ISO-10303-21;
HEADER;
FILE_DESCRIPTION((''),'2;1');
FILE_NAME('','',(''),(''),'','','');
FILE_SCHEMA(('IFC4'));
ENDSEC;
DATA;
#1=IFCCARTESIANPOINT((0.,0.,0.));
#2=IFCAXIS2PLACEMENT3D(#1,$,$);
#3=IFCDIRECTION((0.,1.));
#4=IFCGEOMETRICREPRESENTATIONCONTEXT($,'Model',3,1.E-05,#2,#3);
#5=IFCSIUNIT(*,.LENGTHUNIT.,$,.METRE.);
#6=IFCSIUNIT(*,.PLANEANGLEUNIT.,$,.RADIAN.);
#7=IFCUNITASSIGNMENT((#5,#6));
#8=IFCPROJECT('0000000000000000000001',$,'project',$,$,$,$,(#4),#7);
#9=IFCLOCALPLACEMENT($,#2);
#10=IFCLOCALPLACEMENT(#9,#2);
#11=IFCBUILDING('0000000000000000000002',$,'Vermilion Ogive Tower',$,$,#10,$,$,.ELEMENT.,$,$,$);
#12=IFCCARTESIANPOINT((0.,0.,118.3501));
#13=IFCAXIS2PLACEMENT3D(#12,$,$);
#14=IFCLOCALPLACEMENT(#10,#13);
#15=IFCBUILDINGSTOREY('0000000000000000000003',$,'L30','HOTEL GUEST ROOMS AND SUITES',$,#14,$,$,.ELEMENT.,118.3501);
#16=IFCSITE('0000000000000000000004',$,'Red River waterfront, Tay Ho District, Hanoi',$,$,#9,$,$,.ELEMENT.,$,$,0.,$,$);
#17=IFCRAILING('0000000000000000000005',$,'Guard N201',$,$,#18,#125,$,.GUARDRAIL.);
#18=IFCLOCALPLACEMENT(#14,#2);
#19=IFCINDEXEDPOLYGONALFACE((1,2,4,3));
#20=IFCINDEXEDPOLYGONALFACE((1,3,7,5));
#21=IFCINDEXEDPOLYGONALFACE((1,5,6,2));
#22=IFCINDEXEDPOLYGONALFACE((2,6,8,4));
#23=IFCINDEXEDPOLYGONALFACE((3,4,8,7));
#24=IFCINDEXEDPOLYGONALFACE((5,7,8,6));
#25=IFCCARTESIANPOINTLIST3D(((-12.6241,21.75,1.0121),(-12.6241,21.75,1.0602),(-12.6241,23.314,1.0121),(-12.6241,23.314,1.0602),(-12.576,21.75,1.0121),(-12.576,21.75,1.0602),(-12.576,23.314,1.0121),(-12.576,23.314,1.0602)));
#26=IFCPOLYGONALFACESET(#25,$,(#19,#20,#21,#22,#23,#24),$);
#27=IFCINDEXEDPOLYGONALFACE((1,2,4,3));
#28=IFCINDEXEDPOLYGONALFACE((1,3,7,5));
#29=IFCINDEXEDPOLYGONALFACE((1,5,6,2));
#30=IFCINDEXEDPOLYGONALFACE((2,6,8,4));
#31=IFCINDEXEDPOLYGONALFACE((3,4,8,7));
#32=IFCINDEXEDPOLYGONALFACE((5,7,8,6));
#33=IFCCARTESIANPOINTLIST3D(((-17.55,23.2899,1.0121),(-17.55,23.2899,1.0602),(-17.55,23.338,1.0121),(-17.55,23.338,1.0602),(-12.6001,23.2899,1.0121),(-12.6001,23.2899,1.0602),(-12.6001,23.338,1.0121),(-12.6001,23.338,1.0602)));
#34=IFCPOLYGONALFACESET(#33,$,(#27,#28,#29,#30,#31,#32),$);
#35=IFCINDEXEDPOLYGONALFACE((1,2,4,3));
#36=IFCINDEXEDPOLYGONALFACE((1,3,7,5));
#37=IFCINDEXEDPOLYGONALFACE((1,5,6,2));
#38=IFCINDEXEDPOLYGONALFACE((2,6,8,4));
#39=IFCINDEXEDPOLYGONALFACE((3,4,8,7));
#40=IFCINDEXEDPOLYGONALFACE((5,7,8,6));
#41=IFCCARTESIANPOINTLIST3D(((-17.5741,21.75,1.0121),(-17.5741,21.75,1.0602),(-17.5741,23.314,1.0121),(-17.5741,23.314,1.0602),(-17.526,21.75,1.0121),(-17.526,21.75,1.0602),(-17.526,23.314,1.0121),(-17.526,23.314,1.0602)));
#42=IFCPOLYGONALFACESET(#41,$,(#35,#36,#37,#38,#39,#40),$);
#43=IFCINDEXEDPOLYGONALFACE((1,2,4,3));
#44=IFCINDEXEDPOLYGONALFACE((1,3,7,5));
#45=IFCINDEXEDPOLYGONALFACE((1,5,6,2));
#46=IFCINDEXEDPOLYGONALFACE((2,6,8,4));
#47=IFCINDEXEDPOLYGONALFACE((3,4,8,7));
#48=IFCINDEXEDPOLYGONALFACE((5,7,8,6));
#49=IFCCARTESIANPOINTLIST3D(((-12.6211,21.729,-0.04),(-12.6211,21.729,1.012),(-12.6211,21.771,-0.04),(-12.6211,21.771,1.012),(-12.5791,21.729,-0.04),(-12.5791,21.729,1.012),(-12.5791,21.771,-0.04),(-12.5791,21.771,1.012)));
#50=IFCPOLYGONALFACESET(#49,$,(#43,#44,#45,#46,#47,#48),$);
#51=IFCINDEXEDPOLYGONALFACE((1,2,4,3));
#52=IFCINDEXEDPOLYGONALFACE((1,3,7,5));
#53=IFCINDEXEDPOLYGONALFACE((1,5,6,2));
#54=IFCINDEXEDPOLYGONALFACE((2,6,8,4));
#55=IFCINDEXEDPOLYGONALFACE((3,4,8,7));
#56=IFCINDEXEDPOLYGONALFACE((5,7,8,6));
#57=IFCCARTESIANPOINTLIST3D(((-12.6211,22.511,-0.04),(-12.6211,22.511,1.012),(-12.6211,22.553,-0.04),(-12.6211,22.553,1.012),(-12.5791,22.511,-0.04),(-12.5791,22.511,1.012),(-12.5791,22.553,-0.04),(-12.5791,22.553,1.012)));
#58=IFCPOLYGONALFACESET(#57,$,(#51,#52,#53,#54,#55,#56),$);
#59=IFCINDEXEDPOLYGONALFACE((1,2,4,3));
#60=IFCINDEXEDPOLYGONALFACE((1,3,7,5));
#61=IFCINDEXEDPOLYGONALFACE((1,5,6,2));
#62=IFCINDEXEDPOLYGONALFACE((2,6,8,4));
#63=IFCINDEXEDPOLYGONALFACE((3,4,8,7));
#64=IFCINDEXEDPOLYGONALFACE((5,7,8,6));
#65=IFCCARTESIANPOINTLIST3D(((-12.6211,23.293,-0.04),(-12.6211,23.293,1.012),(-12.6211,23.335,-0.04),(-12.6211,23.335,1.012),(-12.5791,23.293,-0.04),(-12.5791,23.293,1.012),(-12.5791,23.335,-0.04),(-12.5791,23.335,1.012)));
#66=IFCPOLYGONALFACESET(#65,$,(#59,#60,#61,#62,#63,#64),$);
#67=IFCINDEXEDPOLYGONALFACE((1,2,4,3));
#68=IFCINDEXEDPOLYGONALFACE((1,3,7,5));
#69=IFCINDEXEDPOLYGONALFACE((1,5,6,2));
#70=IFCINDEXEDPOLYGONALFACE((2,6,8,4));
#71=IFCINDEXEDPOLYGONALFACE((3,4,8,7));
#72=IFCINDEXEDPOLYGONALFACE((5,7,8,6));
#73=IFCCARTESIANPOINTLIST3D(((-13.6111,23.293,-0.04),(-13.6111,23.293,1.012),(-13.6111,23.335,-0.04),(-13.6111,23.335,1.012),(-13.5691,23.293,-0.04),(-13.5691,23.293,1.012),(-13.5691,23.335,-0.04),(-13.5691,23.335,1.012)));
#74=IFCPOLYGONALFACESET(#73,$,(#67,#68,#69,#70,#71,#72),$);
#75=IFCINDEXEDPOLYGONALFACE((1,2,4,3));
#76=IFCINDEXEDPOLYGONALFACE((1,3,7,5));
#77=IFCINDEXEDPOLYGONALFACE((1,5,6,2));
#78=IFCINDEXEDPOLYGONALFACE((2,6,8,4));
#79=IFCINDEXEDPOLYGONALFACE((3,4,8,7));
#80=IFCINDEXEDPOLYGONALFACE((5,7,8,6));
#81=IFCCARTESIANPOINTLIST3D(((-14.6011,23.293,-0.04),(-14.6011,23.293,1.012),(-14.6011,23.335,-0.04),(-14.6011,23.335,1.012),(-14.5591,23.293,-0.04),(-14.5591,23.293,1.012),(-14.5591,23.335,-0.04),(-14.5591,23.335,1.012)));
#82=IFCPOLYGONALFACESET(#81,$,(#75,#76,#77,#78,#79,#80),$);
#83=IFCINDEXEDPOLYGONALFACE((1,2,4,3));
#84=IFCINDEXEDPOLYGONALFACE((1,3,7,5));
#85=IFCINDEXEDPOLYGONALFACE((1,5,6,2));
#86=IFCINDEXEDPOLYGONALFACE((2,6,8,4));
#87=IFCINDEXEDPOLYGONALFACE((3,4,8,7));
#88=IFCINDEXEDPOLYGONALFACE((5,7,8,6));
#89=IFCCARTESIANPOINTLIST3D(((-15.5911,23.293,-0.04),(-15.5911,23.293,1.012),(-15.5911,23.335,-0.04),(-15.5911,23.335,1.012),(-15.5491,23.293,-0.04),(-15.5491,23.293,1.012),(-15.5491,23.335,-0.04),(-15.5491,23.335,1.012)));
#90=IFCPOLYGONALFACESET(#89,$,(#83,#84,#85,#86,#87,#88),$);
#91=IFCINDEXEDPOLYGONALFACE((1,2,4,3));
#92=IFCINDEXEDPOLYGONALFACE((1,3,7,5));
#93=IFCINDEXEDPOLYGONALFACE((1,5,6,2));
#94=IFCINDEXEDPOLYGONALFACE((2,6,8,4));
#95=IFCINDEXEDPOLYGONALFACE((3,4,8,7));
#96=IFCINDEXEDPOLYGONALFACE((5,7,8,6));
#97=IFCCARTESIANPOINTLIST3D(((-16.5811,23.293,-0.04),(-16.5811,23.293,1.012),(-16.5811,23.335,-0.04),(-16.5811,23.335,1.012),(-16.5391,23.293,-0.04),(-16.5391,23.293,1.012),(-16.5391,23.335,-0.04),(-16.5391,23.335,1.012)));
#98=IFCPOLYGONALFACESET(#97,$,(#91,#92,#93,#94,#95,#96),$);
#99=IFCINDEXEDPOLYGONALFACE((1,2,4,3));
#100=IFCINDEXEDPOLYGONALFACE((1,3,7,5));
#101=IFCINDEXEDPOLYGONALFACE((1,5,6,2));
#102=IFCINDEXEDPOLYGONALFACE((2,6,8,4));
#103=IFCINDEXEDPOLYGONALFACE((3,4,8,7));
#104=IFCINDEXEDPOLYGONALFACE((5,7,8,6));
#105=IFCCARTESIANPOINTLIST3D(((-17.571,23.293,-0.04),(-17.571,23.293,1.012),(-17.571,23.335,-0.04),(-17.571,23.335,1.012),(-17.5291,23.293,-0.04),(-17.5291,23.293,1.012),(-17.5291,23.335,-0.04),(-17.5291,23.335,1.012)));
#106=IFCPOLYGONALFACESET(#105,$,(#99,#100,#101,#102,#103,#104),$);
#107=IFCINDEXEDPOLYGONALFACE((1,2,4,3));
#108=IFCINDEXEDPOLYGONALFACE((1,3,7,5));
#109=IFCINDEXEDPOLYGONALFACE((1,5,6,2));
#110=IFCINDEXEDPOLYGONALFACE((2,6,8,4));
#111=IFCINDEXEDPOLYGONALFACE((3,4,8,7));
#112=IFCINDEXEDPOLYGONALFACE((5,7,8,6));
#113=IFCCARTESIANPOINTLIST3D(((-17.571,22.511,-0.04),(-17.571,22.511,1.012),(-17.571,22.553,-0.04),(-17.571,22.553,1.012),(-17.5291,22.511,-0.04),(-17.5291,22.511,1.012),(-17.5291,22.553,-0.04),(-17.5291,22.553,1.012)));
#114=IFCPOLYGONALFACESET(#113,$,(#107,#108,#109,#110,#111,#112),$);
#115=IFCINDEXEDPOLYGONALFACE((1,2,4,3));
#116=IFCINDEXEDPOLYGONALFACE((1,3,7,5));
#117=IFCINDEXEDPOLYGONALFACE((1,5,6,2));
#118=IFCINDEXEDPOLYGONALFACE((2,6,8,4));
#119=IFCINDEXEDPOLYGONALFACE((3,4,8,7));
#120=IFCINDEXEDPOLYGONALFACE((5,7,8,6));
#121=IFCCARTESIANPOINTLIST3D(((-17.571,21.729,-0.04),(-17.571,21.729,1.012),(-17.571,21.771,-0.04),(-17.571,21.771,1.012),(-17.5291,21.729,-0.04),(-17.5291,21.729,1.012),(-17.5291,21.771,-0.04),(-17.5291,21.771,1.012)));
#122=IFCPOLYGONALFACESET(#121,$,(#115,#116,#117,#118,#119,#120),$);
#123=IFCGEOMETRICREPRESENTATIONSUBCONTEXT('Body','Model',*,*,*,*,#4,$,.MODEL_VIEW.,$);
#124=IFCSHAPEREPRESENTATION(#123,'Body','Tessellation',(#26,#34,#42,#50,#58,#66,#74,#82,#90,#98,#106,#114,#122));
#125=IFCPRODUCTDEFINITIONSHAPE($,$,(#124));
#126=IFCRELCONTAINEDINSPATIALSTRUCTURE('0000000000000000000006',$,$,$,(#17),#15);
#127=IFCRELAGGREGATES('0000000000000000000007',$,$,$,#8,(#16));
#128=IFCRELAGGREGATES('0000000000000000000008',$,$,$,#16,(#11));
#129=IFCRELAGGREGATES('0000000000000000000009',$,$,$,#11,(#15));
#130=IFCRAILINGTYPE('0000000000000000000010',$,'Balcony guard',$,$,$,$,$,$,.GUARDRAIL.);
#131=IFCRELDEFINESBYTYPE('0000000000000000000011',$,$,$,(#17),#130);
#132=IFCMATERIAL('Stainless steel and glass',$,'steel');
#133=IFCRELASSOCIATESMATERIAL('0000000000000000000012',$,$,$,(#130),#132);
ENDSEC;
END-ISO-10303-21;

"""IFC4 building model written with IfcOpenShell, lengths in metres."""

from ifc_helpers import new_model, si_unit, direction, frame, origin, origin_2d, place, context, subcontext, project, spatial, rectangle, extrude, material, type_object, element, save


model = new_model("IFC4")

# Units and contexts
model_context = context("Model", 3, precision=1e-05, world=origin(), true_north=direction((0.0, 1.0)))
body_context = subcontext(model_context, "Body", "Model", "MODEL_VIEW")
ifc_project = project(units=[si_unit("LENGTHUNIT", "METRE"), si_unit("PLANEANGLEUNIT", "RADIAN")], contexts=[model_context])

# Site, building, storey
site_placement = place(None, origin())
site = spatial("IfcSite", under=ifc_project, at=site_placement, Name="Red River waterfront, Tay Ho District, Hanoi", CompositionType="ELEMENT", RefElevation=0.0)
building_placement = place(site_placement, origin())
building = spatial("IfcBuilding", under=site, at=building_placement, Name="Vermilion Ogive Tower", CompositionType="ELEMENT")
storey_placement = place(building_placement, frame((0.0, 0.0, 118.3501)))
storey = spatial("IfcBuildingStorey", under=building, at=storey_placement, Name="L30", Description="HOTEL GUEST ROOMS AND SUITES", CompositionType="ELEMENT", Elevation=118.3501)

# Railing
ifc_material_1 = material(Name="Stainless steel and glass", Category="steel")
railing_type = type_object("IfcRailingType", Name="Balcony guard", PredefinedType="GUARDRAIL", material=ifc_material_1)
railing_placement = place(storey_placement, frame((-12.6001, 21.75, -0.04)))
element("IfcRailing", 1, at=railing_placement, inside=storey, type_object=railing_type, Name="Guard N201", PredefinedType="GUARDRAIL", context=body_context, shape_type="SweptSolid", body=[
    extrude(rectangle(XDim=0.0481, YDim=0.0481, at=origin_2d()), frame((0.0, 0.0, 1.0762), z_axis=(0.0, 1.0, 0.0), x_axis=(-1.0, 0.0, 0.0)), (0.0, 0.0, 1.0), 1.564),
    extrude(rectangle(XDim=0.0481, YDim=0.0481, at=origin_2d()), frame((0.0, 1.564, 1.0762), z_axis=(-1.0, 0.0, 0.0), x_axis=(0.0, -1.0, 0.0)), (0.0, 0.0, 1.0), 4.95),
    extrude(rectangle(XDim=0.0481, YDim=0.0481, at=origin_2d()), frame((-4.95, 1.564, 1.0762), z_axis=(0.0, -1.0, 0.0), x_axis=(1.0, 0.0, 0.0)), (0.0, 0.0, 1.0), 1.564),
    extrude(rectangle(XDim=0.042, YDim=0.042, at=origin_2d()), origin(), (0.0, 0.0, 1.0), 1.052),
    extrude(rectangle(XDim=0.042, YDim=0.042, at=origin_2d()), frame((0.0, 0.782, 0.0)), (0.0, 0.0, 1.0), 1.052),
    extrude(rectangle(XDim=0.042, YDim=0.042, at=origin_2d()), frame((0.0, 1.564, 0.0)), (0.0, 0.0, 1.0), 1.052),
    extrude(rectangle(XDim=0.042, YDim=0.042, at=origin_2d()), frame((-0.99, 1.564, 0.0)), (0.0, 0.0, 1.0), 1.052),
    extrude(rectangle(XDim=0.042, YDim=0.042, at=origin_2d()), frame((-1.98, 1.564, 0.0)), (0.0, 0.0, 1.0), 1.052),
    extrude(rectangle(XDim=0.042, YDim=0.042, at=origin_2d()), frame((-2.97, 1.564, 0.0)), (0.0, 0.0, 1.0), 1.052),
    extrude(rectangle(XDim=0.042, YDim=0.042, at=origin_2d()), frame((-3.96, 1.564, 0.0)), (0.0, 0.0, 1.0), 1.052),
    extrude(rectangle(XDim=0.042, YDim=0.042, at=origin_2d()), frame((-4.95, 1.564, 0.0)), (0.0, 0.0, 1.0), 1.052),
    extrude(rectangle(XDim=0.042, YDim=0.042, at=origin_2d()), frame((-4.95, 0.782, 0.0)), (0.0, 0.0, 1.0), 1.052),
    extrude(rectangle(XDim=0.042, YDim=0.042, at=origin_2d()), frame((-4.95, 0.0, 0.0)), (0.0, 0.0, 1.0), 1.052),
])

save(model, "model.ifc")
